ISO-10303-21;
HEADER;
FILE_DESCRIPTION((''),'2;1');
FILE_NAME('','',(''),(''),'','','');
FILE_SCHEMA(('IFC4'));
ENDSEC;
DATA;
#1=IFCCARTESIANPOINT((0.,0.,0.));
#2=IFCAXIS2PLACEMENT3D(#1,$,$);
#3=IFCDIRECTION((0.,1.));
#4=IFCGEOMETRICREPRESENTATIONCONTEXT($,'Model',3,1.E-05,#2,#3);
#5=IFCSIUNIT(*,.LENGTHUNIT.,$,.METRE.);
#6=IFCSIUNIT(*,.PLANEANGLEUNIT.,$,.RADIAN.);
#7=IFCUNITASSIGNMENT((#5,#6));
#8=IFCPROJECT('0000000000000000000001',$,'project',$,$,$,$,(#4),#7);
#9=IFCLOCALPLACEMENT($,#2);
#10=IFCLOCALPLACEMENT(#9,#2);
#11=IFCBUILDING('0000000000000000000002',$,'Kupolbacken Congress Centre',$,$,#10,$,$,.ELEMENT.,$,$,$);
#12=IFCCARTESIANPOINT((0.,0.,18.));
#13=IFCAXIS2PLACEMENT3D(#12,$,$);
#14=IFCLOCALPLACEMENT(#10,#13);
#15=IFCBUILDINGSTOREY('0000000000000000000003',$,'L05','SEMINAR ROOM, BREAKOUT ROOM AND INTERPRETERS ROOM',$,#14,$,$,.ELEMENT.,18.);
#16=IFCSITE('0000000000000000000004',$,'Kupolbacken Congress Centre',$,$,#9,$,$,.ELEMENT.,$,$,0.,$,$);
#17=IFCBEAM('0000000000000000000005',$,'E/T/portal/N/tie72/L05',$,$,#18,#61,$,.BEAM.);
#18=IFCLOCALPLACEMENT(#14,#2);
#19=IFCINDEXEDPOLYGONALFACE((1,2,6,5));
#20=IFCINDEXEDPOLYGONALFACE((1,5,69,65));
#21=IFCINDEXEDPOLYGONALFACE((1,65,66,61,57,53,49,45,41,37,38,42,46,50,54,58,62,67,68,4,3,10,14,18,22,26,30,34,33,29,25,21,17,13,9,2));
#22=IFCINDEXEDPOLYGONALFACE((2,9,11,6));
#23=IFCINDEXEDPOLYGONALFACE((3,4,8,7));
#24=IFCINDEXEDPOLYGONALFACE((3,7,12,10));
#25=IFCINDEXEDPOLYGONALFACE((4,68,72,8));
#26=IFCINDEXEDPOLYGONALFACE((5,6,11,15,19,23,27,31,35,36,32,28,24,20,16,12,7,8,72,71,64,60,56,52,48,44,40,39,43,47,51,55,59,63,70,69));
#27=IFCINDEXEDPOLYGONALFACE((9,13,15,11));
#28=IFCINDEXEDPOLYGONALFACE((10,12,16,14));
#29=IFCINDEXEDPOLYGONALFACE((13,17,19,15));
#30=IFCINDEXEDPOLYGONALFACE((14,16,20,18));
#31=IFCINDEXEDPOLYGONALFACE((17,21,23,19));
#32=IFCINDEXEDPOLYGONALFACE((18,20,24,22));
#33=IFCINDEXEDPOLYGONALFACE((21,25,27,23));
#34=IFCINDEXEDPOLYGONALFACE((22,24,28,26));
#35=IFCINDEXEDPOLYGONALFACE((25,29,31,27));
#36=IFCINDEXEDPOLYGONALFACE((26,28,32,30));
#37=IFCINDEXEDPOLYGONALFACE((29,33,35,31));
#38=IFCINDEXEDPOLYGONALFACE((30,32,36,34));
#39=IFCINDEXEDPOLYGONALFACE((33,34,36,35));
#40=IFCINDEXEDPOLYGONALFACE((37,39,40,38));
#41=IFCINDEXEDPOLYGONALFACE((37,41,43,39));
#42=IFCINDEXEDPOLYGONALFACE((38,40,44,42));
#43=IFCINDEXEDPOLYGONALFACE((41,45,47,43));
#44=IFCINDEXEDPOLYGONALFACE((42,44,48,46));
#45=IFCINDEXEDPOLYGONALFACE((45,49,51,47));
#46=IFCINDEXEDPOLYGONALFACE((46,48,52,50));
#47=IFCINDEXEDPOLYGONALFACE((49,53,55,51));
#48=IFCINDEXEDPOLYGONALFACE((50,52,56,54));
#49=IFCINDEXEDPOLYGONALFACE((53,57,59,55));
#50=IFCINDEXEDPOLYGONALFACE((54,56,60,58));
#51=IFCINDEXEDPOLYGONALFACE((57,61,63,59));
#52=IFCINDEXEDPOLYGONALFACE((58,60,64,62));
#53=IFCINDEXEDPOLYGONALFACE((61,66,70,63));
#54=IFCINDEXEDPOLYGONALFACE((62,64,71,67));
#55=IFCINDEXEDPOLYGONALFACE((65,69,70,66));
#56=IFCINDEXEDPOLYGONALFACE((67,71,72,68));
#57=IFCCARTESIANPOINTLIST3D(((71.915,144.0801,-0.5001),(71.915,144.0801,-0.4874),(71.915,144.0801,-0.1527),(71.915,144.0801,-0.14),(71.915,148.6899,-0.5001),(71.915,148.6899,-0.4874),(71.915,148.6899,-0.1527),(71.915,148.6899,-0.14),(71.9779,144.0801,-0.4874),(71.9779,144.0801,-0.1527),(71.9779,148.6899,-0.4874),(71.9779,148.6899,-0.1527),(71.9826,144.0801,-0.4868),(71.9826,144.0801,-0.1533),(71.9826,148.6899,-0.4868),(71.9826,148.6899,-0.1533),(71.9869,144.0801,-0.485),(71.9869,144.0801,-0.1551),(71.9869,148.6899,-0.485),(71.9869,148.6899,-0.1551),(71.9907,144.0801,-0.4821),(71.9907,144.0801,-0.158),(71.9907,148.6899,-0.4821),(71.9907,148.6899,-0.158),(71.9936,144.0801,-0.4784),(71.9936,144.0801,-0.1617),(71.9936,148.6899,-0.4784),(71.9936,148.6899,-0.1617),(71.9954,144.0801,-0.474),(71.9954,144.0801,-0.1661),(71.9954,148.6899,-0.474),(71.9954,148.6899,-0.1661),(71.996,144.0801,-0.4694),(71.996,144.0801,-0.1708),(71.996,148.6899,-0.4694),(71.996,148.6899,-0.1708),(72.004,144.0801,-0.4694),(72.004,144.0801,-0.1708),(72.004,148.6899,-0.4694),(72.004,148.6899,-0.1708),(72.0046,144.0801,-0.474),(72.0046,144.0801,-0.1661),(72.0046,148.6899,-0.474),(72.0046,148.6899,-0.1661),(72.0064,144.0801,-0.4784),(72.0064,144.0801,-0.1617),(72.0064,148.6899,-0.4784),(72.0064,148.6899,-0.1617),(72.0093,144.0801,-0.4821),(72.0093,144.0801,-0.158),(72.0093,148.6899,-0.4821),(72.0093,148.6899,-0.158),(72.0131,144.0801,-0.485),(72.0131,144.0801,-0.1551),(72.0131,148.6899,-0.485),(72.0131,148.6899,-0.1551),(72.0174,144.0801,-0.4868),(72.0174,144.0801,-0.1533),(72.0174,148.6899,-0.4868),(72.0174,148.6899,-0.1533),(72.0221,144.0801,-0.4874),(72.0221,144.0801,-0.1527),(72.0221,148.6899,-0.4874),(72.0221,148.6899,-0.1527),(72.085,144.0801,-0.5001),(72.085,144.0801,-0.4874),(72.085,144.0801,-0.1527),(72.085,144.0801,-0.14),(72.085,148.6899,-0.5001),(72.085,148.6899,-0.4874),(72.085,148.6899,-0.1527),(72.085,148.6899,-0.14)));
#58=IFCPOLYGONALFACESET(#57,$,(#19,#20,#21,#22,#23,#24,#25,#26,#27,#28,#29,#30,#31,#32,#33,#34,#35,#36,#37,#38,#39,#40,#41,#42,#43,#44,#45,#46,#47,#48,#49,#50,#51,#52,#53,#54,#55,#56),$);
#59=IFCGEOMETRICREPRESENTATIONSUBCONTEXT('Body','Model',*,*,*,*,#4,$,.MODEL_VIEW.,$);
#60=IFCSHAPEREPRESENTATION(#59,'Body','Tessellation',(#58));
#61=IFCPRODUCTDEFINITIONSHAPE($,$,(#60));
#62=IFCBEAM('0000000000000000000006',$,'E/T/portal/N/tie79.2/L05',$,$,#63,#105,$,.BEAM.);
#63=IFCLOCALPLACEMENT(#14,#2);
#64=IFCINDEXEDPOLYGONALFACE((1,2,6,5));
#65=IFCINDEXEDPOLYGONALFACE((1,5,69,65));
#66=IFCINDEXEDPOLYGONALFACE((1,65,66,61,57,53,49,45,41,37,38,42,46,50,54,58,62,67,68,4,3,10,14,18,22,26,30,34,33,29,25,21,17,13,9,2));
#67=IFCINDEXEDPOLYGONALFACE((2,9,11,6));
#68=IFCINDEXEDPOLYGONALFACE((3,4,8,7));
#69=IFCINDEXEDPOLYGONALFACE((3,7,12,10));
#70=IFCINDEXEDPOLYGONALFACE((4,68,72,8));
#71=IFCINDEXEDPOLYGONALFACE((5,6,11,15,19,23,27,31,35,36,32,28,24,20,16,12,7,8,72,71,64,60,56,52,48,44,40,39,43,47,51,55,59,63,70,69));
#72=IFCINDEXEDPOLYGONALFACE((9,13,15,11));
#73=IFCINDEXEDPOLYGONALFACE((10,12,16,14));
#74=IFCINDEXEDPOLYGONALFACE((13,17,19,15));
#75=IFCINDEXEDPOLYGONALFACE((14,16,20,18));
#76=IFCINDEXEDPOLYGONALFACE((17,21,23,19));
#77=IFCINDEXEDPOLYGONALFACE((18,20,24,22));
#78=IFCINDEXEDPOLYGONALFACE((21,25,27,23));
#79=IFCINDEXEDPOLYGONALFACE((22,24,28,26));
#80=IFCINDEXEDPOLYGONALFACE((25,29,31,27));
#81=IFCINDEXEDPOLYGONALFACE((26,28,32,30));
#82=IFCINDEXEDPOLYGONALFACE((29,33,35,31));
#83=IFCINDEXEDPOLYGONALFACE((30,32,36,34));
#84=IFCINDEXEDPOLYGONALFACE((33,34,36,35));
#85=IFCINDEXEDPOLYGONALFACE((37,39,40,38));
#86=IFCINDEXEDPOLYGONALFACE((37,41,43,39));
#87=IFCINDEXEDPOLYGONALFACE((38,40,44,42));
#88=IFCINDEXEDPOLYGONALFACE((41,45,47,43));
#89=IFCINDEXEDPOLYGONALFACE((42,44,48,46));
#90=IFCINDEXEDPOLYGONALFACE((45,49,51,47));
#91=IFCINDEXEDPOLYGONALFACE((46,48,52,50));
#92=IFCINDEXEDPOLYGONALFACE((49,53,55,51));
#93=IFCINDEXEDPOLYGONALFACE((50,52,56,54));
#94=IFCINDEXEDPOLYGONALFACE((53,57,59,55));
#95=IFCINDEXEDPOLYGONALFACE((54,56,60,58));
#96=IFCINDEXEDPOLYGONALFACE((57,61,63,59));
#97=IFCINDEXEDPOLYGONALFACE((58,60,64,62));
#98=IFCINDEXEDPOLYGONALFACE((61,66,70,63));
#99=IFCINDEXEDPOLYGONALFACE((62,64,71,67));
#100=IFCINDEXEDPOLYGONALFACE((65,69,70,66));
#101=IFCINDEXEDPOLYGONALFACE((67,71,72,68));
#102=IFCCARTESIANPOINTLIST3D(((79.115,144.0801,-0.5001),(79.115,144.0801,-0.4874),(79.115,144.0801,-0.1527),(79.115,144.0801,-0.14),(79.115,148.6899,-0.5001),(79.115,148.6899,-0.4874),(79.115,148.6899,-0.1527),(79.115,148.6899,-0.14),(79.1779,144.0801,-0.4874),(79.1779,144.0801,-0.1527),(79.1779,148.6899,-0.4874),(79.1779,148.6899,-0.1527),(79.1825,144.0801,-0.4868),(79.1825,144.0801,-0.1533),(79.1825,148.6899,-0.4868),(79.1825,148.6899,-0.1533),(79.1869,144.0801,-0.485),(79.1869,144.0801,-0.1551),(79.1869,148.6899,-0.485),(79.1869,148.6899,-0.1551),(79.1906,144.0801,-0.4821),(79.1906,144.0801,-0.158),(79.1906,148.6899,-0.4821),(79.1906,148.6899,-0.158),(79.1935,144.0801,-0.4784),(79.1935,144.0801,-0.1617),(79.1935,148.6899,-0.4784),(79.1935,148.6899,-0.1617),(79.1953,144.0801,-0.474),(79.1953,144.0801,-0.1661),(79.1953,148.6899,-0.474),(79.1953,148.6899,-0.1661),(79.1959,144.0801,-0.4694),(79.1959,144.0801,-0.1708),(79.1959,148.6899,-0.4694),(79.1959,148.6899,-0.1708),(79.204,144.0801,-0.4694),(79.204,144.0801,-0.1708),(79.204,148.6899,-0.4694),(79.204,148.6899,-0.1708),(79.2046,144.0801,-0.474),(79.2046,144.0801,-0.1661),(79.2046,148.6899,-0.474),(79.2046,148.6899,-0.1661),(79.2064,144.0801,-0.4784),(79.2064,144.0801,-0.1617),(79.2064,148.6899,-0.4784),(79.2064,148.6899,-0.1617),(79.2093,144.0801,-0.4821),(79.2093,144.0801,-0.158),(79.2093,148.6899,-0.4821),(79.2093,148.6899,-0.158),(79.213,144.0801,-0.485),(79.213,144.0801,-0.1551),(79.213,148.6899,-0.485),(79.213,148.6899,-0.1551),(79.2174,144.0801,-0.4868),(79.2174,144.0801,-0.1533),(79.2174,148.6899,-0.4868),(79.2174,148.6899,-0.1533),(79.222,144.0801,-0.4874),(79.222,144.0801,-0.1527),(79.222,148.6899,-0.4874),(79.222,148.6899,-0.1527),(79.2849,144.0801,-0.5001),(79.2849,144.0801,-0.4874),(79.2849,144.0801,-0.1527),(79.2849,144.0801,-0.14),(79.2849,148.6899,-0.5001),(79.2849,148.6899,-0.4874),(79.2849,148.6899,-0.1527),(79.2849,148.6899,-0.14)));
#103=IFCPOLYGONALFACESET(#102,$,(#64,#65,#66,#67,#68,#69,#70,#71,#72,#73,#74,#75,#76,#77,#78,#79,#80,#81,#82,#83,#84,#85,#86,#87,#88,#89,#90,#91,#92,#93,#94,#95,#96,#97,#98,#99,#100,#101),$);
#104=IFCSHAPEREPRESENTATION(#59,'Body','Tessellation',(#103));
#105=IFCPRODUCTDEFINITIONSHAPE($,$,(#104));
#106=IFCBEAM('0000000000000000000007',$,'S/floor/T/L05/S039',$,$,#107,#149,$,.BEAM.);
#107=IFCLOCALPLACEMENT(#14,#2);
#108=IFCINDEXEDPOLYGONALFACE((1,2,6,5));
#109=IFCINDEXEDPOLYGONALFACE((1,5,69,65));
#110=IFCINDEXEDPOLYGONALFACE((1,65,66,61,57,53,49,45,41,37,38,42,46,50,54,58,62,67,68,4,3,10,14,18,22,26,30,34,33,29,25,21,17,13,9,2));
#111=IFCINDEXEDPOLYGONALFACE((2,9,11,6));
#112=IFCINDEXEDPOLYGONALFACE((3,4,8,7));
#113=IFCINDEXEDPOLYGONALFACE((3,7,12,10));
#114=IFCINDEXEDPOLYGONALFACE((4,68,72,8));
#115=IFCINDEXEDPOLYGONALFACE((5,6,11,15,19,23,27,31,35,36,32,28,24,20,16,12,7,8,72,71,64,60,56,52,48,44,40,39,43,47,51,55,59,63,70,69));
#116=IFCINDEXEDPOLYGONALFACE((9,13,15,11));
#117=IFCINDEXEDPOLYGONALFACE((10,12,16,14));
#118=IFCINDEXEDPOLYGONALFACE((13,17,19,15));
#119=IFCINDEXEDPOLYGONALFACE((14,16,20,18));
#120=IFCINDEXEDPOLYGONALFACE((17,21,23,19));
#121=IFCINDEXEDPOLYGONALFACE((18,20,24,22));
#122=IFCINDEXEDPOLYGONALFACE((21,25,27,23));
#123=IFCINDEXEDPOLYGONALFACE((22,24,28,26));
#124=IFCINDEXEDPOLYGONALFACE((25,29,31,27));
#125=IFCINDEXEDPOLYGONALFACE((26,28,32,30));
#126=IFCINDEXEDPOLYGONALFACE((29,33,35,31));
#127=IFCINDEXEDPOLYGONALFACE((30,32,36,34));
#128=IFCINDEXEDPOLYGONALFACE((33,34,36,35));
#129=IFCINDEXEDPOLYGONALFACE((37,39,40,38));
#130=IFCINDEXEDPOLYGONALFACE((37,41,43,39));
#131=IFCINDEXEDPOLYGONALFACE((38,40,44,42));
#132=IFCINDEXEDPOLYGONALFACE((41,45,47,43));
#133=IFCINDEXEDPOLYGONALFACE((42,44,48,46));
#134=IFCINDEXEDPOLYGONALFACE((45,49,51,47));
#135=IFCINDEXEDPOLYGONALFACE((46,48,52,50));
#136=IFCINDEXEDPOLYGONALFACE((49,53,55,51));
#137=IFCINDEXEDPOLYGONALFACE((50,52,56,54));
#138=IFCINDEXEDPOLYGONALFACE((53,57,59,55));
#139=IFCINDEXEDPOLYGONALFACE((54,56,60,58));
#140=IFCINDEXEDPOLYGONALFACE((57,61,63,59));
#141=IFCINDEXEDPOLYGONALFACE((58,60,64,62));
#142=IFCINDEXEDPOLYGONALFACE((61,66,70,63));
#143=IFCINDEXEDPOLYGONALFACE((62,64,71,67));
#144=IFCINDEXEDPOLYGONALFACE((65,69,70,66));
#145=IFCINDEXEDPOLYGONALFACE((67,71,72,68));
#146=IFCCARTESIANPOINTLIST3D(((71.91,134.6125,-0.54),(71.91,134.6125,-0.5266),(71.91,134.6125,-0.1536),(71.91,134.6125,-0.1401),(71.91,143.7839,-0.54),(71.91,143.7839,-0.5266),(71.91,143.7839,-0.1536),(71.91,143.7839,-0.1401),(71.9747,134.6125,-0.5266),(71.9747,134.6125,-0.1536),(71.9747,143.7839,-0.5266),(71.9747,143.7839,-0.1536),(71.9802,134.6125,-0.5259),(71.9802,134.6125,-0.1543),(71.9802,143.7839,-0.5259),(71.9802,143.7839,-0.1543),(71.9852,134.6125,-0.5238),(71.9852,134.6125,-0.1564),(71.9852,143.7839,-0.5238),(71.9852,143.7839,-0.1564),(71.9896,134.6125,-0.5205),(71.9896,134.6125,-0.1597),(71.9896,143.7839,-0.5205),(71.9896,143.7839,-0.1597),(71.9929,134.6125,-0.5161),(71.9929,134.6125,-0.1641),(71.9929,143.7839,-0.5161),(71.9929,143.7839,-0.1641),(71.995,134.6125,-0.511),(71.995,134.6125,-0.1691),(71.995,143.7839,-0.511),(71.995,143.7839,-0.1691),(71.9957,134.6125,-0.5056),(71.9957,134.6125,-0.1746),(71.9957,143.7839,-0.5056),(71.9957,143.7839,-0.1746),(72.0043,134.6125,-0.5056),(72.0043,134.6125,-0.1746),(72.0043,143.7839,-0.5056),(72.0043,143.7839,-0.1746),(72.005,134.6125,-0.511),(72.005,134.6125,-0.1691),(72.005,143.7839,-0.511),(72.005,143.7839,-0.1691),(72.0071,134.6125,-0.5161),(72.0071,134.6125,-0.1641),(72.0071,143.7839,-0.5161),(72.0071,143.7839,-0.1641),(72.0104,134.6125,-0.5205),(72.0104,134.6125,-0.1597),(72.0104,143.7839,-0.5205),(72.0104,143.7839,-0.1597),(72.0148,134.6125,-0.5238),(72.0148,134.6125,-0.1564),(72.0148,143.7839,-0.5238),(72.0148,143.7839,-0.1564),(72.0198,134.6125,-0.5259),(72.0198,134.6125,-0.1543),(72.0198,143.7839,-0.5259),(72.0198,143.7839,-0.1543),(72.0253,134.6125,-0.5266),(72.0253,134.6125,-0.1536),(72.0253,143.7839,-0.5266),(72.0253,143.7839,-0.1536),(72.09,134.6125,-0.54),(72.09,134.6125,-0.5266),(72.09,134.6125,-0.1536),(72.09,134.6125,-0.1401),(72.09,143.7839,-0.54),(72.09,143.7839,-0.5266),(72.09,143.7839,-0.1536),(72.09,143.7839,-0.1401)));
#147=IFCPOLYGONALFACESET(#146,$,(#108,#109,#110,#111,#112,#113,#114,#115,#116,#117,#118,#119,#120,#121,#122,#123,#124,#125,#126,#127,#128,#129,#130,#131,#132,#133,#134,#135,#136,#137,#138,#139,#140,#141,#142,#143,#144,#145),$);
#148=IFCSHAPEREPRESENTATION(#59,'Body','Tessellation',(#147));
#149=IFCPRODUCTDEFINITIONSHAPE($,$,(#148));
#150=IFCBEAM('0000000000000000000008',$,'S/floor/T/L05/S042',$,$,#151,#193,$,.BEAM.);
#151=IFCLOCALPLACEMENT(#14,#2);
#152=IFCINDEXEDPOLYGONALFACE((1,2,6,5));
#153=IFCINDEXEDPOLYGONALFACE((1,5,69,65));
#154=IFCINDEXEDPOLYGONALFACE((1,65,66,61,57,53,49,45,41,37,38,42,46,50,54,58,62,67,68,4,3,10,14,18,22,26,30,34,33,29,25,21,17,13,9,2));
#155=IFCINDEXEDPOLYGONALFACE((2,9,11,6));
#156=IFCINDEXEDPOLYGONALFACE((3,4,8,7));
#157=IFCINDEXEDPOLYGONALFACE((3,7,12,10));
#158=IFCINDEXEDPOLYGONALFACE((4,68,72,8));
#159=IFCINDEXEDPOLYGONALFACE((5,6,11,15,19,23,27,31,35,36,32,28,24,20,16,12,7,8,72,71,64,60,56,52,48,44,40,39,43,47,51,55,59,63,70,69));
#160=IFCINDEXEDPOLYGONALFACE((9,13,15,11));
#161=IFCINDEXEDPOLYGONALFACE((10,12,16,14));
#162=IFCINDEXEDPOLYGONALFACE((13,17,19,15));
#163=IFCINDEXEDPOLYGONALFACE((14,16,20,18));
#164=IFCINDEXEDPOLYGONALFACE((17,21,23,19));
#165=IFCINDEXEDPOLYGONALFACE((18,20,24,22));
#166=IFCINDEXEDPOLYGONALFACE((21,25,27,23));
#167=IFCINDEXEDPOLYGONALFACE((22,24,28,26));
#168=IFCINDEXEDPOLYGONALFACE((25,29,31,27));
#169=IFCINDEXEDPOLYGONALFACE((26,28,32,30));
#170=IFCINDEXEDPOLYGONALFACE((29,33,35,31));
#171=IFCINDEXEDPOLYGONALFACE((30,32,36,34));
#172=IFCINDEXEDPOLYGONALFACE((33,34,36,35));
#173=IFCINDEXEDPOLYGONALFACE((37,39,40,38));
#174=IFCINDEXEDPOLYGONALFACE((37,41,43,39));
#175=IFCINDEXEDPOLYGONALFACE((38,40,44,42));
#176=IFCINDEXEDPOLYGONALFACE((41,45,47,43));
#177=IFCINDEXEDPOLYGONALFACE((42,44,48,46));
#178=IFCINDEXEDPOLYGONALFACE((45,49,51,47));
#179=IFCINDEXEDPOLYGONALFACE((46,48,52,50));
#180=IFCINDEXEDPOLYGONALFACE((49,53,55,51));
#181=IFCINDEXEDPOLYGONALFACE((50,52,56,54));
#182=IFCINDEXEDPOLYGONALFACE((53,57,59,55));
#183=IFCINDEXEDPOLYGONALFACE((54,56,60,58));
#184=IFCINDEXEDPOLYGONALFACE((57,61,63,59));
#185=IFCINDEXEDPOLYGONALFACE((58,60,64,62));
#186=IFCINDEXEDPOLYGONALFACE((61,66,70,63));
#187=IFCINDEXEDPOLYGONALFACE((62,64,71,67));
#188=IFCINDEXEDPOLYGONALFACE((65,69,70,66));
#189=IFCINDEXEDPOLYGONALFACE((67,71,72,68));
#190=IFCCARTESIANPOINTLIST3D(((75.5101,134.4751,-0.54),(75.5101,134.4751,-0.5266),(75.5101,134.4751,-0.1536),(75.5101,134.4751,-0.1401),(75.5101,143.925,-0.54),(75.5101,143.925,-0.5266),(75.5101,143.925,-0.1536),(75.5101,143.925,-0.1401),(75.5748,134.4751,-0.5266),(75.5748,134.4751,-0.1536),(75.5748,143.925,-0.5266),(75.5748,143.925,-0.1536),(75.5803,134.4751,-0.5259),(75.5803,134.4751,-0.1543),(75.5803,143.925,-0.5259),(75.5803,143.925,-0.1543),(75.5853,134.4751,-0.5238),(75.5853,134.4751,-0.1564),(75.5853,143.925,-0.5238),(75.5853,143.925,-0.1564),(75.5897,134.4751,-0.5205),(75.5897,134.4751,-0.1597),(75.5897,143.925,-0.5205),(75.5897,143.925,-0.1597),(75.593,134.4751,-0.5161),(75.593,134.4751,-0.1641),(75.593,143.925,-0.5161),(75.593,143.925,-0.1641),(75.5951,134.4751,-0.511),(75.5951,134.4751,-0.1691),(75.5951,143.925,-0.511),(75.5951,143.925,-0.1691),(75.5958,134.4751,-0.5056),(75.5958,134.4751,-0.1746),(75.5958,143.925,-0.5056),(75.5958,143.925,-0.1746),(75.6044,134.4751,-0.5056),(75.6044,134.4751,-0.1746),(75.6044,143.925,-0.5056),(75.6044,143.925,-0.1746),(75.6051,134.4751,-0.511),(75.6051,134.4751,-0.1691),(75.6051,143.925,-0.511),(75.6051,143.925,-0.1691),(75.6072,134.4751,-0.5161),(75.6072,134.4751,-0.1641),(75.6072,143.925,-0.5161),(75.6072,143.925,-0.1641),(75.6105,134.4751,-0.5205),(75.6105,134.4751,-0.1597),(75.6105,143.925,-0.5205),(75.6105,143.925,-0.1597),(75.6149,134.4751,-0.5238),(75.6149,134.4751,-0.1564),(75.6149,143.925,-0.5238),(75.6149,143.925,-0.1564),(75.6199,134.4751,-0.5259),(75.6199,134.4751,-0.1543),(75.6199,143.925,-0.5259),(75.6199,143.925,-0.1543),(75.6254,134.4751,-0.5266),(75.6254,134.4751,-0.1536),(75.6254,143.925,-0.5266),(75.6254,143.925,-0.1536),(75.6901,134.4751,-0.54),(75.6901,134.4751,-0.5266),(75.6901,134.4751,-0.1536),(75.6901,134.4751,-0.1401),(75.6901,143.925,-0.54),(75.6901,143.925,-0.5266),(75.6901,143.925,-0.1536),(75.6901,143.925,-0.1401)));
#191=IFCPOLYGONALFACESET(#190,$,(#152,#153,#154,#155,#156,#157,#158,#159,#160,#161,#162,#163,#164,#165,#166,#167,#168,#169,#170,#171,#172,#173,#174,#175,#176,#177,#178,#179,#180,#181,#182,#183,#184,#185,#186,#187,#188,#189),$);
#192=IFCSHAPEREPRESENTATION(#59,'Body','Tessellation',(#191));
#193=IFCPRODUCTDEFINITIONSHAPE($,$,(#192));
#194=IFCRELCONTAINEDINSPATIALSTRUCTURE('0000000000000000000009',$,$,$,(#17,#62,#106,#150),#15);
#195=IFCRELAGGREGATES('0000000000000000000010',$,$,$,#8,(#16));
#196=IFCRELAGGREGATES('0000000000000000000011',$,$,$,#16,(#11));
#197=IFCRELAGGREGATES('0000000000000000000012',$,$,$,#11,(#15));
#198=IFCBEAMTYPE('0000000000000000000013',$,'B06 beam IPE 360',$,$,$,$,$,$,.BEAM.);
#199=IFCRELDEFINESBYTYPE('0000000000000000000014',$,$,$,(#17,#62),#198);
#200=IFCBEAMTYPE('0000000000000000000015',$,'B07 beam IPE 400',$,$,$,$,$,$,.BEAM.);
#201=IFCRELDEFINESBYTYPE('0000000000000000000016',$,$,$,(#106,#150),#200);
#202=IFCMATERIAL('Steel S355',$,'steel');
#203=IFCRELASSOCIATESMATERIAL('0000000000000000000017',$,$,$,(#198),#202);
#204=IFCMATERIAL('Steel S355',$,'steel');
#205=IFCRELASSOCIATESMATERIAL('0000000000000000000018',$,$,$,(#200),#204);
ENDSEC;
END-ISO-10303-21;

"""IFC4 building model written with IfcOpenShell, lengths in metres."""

from ifc_helpers import new_model, si_unit, direction, frame, origin, origin_2d, place, context, subcontext, project, spatial, i_section, extrude, material, material_profile, profile_set, type_object, element, save


model = new_model("IFC4")

# Units and contexts
model_context = context("Model", 3, precision=1e-05, world=origin(), true_north=direction((0.0, 1.0)))
body_context = subcontext(model_context, "Body", "Model", "MODEL_VIEW")
ifc_project = project(units=[si_unit("LENGTHUNIT", "METRE"), si_unit("PLANEANGLEUNIT", "RADIAN")], contexts=[model_context])

# Site, building, storey
site_placement = place(None, origin())
site = spatial("IfcSite", under=ifc_project, at=site_placement, Name="Kupolbacken Congress Centre", CompositionType="ELEMENT", RefElevation=0.0)
building_placement = place(site_placement, origin())
building = spatial("IfcBuilding", under=site, at=building_placement, Name="Kupolbacken Congress Centre", CompositionType="ELEMENT")
storey_placement = place(building_placement, frame((0.0, 0.0, 18.0)))
storey = spatial("IfcBuildingStorey", under=building, at=storey_placement, Name="L05", Description="SEMINAR ROOM, BREAKOUT ROOM AND INTERPRETERS ROOM", CompositionType="ELEMENT", Elevation=18.0)

# Beams
ifc_material_1 = material(Name="Steel S355", Category="steel")
ifc_material_profile_1 = material_profile(ifc_material_1, i_section(OverallWidth=0.1699, OverallDepth=0.3601, WebThickness=0.0081, FlangeThickness=0.0127, FilletRadius=0.0181, at=origin_2d()), Name="IPE 360")
ifc_profile_set_1 = profile_set([ifc_material_profile_1], Name="Steel S355")
beam_type_1 = type_object("IfcBeamType", Name="B06 beam IPE 360", PredefinedType="BEAM", material=ifc_profile_set_1)
for number, where, z_axis, x_axis, name in (
    (1, (72.0, 144.0801, -0.3201), (0.0, 1.0, 0.0), (-1.0, 0.0, 0.0), "E/T/portal/N/tie72/L05"),
    (2, (79.2, 144.0801, -0.3201), (0.0, 1.0, 0.0), (-1.0, 0.0, 0.0), "E/T/portal/N/tie79.2/L05"),
):
    element("IfcBeam", number, at=place(storey_placement, frame(where, z_axis=z_axis, x_axis=x_axis)), inside=storey, type_object=beam_type_1, Name=name, PredefinedType="BEAM", context=body_context, shape_type="SweptSolid", body=[
        extrude(i_section(OverallWidth=0.1699, OverallDepth=0.3601, WebThickness=0.0081, FlangeThickness=0.0127, FilletRadius=0.0181, at=origin_2d()), origin(), (0.0, 0.0, 1.0), 4.6099),
    ])
ifc_material_2 = material(Name="Steel S355", Category="steel")
ifc_material_profile_2 = material_profile(ifc_material_2, i_section(OverallWidth=0.1799, OverallDepth=0.3999, WebThickness=0.0085, FlangeThickness=0.0134, FilletRadius=0.021, at=origin_2d()), Name="IPE 400")
ifc_profile_set_2 = profile_set([ifc_material_profile_2], Name="Steel S355")
beam_type_2 = type_object("IfcBeamType", Name="B07 beam IPE 400", PredefinedType="BEAM", material=ifc_profile_set_2)
beam_1_placement = place(storey_placement, frame((72.0, 134.6125, -0.3401), z_axis=(0.0, 1.0, 0.0), x_axis=(-1.0, 0.0, 0.0)))
element("IfcBeam", 3, at=beam_1_placement, inside=storey, type_object=beam_type_2, Name="S/floor/T/L05/S039", PredefinedType="BEAM", context=body_context, shape_type="SweptSolid", body=[
    extrude(i_section(OverallWidth=0.1799, OverallDepth=0.3999, WebThickness=0.0085, FlangeThickness=0.0134, FilletRadius=0.021, at=origin_2d()), origin(), (0.0, 0.0, 1.0), 9.1714),
])
beam_2_placement = place(storey_placement, frame((75.6001, 134.4751, -0.3401), z_axis=(0.0, 1.0, 0.0), x_axis=(-1.0, 0.0, 0.0)))
element("IfcBeam", 4, at=beam_2_placement, inside=storey, type_object=beam_type_2, Name="S/floor/T/L05/S042", PredefinedType="BEAM", context=body_context, shape_type="SweptSolid", body=[
    extrude(i_section(OverallWidth=0.1799, OverallDepth=0.3999, WebThickness=0.0085, FlangeThickness=0.0134, FilletRadius=0.021, at=origin_2d()), origin(), (0.0, 0.0, 1.0), 9.45),
])

save(model, "model.ifc")
